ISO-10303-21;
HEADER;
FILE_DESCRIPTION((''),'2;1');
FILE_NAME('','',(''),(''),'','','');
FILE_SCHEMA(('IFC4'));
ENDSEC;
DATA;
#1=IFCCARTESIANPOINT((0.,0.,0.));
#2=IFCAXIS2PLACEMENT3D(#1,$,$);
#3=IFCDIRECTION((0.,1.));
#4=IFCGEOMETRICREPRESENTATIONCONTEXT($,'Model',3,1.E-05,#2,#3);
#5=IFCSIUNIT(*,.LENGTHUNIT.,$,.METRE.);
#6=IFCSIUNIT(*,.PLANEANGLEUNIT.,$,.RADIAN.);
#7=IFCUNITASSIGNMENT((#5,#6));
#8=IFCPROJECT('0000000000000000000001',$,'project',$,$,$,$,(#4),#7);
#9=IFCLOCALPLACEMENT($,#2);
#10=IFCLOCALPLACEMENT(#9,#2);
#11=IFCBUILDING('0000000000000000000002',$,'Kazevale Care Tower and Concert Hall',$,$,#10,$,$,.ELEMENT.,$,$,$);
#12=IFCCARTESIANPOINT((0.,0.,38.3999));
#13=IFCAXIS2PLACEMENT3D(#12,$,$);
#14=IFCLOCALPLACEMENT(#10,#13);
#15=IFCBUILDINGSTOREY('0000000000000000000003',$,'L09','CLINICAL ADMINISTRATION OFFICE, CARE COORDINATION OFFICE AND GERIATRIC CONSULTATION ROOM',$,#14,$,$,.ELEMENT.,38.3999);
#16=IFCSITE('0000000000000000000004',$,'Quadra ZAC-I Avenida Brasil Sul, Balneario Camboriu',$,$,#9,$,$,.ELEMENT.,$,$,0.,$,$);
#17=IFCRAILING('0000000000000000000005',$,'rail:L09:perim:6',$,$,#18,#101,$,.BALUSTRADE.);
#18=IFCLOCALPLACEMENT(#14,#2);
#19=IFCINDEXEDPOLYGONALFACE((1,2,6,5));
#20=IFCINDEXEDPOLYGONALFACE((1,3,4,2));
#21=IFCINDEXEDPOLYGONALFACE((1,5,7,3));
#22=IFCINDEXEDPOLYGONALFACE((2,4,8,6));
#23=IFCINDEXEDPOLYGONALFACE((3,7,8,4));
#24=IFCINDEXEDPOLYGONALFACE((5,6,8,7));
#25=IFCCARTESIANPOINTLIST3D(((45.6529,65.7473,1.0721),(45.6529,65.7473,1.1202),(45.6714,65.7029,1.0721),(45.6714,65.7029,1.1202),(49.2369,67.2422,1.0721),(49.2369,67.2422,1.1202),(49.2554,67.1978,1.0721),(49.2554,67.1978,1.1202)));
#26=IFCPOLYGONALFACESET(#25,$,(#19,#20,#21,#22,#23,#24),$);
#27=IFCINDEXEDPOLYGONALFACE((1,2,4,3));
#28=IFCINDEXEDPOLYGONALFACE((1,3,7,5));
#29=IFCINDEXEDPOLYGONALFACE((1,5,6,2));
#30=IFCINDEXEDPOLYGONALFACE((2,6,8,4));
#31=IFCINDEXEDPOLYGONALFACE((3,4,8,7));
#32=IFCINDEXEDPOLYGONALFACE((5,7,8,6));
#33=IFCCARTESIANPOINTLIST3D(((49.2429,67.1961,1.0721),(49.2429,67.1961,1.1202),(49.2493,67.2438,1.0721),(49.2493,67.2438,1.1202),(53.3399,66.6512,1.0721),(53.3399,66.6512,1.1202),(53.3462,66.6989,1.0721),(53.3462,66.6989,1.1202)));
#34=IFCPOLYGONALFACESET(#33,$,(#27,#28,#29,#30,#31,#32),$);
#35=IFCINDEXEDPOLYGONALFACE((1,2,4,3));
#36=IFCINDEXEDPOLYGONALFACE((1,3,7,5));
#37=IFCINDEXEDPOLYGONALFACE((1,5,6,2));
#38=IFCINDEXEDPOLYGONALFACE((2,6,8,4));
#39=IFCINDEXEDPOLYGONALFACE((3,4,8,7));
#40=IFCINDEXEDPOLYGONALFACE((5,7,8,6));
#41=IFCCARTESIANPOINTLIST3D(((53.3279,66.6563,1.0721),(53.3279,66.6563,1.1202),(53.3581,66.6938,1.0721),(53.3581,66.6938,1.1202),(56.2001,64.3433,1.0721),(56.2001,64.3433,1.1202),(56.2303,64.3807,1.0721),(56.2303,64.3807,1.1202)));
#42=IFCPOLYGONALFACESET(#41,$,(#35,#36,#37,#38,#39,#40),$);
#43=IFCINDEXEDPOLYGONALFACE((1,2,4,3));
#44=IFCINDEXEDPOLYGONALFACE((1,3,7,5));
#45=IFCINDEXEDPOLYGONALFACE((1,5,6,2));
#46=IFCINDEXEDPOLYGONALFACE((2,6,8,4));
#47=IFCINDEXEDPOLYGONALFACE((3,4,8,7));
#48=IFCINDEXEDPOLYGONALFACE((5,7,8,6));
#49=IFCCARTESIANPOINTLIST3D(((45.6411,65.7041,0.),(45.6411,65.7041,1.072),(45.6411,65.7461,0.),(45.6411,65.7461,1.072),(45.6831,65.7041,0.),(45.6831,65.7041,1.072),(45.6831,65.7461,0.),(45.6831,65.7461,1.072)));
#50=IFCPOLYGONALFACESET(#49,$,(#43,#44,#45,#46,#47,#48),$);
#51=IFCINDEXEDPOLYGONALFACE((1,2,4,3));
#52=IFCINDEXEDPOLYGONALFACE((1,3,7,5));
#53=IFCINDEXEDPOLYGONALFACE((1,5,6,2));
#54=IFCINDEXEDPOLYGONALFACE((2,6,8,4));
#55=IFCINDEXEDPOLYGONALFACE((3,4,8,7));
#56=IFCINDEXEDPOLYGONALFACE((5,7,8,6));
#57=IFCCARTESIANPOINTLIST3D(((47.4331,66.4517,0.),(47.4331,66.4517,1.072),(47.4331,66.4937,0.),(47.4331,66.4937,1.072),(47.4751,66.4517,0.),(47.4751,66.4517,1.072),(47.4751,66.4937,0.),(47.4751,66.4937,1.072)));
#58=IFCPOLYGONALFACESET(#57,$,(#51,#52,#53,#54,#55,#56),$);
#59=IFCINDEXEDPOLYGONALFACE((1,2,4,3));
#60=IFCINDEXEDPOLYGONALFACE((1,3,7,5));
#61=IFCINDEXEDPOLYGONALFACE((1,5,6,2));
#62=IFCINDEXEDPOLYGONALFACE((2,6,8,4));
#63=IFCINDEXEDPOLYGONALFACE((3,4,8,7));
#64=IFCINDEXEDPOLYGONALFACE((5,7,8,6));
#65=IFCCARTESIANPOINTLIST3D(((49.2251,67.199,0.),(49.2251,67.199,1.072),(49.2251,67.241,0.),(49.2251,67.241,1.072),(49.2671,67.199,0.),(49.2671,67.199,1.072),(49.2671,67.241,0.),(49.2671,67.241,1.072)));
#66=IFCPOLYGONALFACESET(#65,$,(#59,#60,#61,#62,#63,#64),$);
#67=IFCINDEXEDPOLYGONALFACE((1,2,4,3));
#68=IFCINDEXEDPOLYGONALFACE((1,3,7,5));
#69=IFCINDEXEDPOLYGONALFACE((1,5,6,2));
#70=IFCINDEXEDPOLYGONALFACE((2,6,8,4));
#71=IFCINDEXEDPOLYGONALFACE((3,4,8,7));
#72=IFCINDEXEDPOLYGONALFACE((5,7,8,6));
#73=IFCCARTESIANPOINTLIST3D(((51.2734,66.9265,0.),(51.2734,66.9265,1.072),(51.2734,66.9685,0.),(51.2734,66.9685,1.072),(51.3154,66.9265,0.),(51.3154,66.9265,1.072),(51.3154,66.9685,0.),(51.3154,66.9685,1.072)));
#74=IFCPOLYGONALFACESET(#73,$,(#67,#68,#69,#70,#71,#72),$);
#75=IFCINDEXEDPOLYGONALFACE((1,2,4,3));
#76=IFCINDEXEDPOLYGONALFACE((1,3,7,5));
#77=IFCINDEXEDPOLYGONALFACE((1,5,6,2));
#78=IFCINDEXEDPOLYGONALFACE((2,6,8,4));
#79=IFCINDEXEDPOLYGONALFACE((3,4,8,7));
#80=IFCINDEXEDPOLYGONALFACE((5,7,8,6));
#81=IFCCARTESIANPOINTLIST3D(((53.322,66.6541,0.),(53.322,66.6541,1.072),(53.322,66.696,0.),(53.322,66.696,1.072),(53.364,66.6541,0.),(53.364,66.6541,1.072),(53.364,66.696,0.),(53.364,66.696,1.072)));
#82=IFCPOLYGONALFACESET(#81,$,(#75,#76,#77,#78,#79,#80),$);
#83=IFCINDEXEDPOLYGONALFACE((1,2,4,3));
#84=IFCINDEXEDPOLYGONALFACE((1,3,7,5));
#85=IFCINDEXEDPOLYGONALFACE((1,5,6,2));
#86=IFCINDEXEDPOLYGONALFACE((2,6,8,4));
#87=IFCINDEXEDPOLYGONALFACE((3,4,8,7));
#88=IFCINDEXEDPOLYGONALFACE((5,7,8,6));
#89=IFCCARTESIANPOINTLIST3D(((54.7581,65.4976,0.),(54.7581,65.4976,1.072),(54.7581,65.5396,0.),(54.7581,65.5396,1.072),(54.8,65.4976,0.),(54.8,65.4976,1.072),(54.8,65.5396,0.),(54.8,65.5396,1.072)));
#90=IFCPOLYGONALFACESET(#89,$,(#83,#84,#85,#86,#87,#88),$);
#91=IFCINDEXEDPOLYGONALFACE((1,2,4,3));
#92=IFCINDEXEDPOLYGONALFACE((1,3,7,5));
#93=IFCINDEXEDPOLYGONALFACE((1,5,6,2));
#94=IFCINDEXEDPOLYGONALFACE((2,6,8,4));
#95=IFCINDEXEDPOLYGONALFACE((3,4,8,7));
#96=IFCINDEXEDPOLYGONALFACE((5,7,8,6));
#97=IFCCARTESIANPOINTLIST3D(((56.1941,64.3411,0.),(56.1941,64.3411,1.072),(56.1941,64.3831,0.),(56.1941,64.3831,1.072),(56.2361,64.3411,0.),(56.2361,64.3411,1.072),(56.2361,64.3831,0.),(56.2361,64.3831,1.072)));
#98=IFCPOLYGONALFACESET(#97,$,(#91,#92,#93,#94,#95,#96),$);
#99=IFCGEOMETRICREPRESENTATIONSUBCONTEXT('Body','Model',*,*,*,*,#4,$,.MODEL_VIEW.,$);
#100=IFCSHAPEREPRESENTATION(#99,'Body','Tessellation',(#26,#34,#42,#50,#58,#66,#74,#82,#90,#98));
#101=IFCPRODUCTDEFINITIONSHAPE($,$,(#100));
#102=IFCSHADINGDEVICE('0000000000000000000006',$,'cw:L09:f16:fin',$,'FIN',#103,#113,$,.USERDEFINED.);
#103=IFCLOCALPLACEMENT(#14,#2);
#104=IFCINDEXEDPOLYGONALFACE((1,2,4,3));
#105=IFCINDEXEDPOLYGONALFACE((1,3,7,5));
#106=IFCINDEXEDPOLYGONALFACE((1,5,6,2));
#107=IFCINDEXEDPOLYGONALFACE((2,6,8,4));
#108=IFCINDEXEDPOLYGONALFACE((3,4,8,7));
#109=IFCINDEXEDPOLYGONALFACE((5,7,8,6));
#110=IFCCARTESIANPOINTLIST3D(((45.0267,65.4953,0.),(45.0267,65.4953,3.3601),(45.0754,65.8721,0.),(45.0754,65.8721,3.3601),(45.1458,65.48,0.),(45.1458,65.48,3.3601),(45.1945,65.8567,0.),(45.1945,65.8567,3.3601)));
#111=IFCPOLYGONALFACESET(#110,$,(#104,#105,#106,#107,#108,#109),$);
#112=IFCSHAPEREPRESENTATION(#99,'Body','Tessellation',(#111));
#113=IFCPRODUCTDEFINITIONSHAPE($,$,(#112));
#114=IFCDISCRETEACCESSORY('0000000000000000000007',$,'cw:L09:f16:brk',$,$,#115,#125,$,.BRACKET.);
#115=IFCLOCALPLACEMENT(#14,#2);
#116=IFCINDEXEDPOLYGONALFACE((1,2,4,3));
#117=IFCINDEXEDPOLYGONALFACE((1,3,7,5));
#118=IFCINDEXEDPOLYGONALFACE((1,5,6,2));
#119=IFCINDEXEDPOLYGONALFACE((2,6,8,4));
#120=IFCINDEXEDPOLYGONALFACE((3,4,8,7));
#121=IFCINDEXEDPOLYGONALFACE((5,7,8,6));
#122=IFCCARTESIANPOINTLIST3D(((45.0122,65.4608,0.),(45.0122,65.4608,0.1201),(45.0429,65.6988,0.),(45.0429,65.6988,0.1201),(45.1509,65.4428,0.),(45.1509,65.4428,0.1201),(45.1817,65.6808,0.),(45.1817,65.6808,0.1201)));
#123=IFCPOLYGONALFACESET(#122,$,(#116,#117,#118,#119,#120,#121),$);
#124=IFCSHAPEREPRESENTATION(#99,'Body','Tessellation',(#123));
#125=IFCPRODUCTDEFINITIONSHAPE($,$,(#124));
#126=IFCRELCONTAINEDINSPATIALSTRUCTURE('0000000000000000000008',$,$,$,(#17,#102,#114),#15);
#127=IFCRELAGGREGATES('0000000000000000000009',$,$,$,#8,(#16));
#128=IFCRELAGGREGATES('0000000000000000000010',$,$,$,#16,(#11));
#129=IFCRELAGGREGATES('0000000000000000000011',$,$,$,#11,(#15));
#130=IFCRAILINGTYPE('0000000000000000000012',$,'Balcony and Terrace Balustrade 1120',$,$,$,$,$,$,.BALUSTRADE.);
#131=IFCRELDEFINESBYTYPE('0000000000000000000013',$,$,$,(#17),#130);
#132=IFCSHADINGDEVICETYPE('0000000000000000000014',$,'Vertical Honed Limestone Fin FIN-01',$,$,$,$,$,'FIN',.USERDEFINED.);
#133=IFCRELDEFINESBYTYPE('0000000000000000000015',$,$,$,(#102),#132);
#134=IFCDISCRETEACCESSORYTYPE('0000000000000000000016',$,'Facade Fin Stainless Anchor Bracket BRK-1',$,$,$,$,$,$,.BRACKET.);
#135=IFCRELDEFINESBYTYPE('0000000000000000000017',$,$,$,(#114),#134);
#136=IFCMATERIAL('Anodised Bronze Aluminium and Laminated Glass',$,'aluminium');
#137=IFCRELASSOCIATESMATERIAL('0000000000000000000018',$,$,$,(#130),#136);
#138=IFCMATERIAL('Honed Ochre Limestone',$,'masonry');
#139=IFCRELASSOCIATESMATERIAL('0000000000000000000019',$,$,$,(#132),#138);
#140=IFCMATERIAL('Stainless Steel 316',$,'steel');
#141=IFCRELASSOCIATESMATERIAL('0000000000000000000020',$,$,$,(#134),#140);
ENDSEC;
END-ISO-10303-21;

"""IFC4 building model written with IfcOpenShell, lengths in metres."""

from ifc_helpers import new_model, si_unit, direction, frame, origin, origin_2d, place, context, subcontext, project, spatial, rectangle, extrude, material, type_object, element, save


model = new_model("IFC4")

# Units and contexts
model_context = context("Model", 3, precision=1e-05, world=origin(), true_north=direction((0.0, 1.0)))
body_context = subcontext(model_context, "Body", "Model", "MODEL_VIEW")
ifc_project = project(units=[si_unit("LENGTHUNIT", "METRE"), si_unit("PLANEANGLEUNIT", "RADIAN")], contexts=[model_context])

# Site, building, storey
site_placement = place(None, origin())
site = spatial("IfcSite", under=ifc_project, at=site_placement, Name="Quadra ZAC-I Avenida Brasil Sul, Balneario Camboriu", CompositionType="ELEMENT", RefElevation=0.0)
building_placement = place(site_placement, origin())
building = spatial("IfcBuilding", under=site, at=building_placement, Name="Kazevale Care Tower and Concert Hall", CompositionType="ELEMENT")
storey_placement = place(building_placement, frame((0.0, 0.0, 38.3999)))
storey = spatial("IfcBuildingStorey", under=building, at=storey_placement, Name="L09", Description="CLINICAL ADMINISTRATION OFFICE, CARE COORDINATION OFFICE AND GERIATRIC CONSULTATION ROOM", CompositionType="ELEMENT", Elevation=38.3999)

# Railing
ifc_material_1 = material(Name="Anodised Bronze Aluminium and Laminated Glass", Category="aluminium")
railing_type = type_object("IfcRailingType", Name="Balcony and Terrace Balustrade 1120", PredefinedType="BALUSTRADE", material=ifc_material_1)
railing_placement = place(storey_placement, frame((45.6621, 65.7251, 0.0)))
element("IfcRailing", 1, at=railing_placement, inside=storey, type_object=railing_type, Name="rail:L09:perim:6", PredefinedType="BALUSTRADE", context=body_context, shape_type="SweptSolid", body=[
    extrude(rectangle(XDim=0.0481, YDim=0.0481, at=origin_2d()), frame((0.0, 0.0, 1.0962), z_axis=(0.922935, 0.384955, 0.0), x_axis=(-0.384955, 0.922935, 0.0)), (0.0, 0.0, 1.0), 3.8833),
    extrude(rectangle(XDim=0.0481, YDim=0.0481, at=origin_2d()), frame((3.584, 1.4949, 1.0962), z_axis=(0.99127, -0.131846, 0.0), x_axis=(0.131846, 0.99127, 0.0)), (0.0, 0.0, 1.0), 4.1331),
    extrude(rectangle(XDim=0.0481, YDim=0.0481, at=origin_2d()), frame((7.6809, 0.95, 1.0962), z_axis=(0.778837, -0.627227, 0.0), x_axis=(0.627227, 0.778837, 0.0)), (0.0, 0.0, 1.0), 3.6877),
    extrude(rectangle(XDim=0.042, YDim=0.042, at=origin_2d()), origin(), (0.0, 0.0, 1.0), 1.072),
    extrude(rectangle(XDim=0.042, YDim=0.042, at=origin_2d()), frame((1.792, 0.7476, 0.0)), (0.0, 0.0, 1.0), 1.072),
    extrude(rectangle(XDim=0.042, YDim=0.042, at=origin_2d()), frame((3.584, 1.4949, 0.0)), (0.0, 0.0, 1.0), 1.072),
    extrude(rectangle(XDim=0.042, YDim=0.042, at=origin_2d()), frame((5.6323, 1.2224, 0.0)), (0.0, 0.0, 1.0), 1.072),
    extrude(rectangle(XDim=0.042, YDim=0.042, at=origin_2d()), frame((7.6809, 0.95, 0.0)), (0.0, 0.0, 1.0), 1.072),
    extrude(rectangle(XDim=0.042, YDim=0.042, at=origin_2d()), frame((9.1169, -0.2065, 0.0)), (0.0, 0.0, 1.0), 1.072),
    extrude(rectangle(XDim=0.042, YDim=0.042, at=origin_2d()), frame((10.553, -1.363, 0.0)), (0.0, 0.0, 1.0), 1.072),
])

# Shading device
ifc_material_2 = material(Name="Honed Ochre Limestone", Category="masonry")
shading_device_type = type_object("IfcShadingDeviceType", Name="Vertical Honed Limestone Fin FIN-01", ElementType="FIN", PredefinedType="USERDEFINED", material=ifc_material_2)
shading_device_placement = place(storey_placement, frame((45.1106, 65.676, 0.0), z_axis=(0.0, 0.0, 1.0), x_axis=(0.128103, 0.991761, 0.0)))
element("IfcShadingDevice", 2, at=shading_device_placement, inside=storey, type_object=shading_device_type, Name="cw:L09:f16:fin", ObjectType="FIN", PredefinedType="USERDEFINED", context=body_context, shape_type="SweptSolid", body=[
    extrude(rectangle(XDim=0.3799, YDim=0.1201, at=origin_2d()), origin(), (0.0, 0.0, 1.0), 3.3601),
])

# Discrete accessory
ifc_material_3 = material(Name="Stainless Steel 316", Category="steel")
discrete_accessory_type = type_object("IfcDiscreteAccessoryType", Name="Facade Fin Stainless Anchor Bracket BRK-1", PredefinedType="BRACKET", material=ifc_material_3)
discrete_accessory_placement = place(storey_placement, frame((45.0969, 65.5708, 0.0), z_axis=(0.0, 0.0, 1.0), x_axis=(0.128103, 0.991761, 0.0)))
element("IfcDiscreteAccessory", 3, at=discrete_accessory_placement, inside=storey, type_object=discrete_accessory_type, Name="cw:L09:f16:brk", PredefinedType="BRACKET", context=body_context, shape_type="SweptSolid", body=[
    extrude(rectangle(XDim=0.24, YDim=0.1399, at=origin_2d()), origin(), (0.0, 0.0, 1.0), 0.1201),
])

save(model, "model.ifc")
